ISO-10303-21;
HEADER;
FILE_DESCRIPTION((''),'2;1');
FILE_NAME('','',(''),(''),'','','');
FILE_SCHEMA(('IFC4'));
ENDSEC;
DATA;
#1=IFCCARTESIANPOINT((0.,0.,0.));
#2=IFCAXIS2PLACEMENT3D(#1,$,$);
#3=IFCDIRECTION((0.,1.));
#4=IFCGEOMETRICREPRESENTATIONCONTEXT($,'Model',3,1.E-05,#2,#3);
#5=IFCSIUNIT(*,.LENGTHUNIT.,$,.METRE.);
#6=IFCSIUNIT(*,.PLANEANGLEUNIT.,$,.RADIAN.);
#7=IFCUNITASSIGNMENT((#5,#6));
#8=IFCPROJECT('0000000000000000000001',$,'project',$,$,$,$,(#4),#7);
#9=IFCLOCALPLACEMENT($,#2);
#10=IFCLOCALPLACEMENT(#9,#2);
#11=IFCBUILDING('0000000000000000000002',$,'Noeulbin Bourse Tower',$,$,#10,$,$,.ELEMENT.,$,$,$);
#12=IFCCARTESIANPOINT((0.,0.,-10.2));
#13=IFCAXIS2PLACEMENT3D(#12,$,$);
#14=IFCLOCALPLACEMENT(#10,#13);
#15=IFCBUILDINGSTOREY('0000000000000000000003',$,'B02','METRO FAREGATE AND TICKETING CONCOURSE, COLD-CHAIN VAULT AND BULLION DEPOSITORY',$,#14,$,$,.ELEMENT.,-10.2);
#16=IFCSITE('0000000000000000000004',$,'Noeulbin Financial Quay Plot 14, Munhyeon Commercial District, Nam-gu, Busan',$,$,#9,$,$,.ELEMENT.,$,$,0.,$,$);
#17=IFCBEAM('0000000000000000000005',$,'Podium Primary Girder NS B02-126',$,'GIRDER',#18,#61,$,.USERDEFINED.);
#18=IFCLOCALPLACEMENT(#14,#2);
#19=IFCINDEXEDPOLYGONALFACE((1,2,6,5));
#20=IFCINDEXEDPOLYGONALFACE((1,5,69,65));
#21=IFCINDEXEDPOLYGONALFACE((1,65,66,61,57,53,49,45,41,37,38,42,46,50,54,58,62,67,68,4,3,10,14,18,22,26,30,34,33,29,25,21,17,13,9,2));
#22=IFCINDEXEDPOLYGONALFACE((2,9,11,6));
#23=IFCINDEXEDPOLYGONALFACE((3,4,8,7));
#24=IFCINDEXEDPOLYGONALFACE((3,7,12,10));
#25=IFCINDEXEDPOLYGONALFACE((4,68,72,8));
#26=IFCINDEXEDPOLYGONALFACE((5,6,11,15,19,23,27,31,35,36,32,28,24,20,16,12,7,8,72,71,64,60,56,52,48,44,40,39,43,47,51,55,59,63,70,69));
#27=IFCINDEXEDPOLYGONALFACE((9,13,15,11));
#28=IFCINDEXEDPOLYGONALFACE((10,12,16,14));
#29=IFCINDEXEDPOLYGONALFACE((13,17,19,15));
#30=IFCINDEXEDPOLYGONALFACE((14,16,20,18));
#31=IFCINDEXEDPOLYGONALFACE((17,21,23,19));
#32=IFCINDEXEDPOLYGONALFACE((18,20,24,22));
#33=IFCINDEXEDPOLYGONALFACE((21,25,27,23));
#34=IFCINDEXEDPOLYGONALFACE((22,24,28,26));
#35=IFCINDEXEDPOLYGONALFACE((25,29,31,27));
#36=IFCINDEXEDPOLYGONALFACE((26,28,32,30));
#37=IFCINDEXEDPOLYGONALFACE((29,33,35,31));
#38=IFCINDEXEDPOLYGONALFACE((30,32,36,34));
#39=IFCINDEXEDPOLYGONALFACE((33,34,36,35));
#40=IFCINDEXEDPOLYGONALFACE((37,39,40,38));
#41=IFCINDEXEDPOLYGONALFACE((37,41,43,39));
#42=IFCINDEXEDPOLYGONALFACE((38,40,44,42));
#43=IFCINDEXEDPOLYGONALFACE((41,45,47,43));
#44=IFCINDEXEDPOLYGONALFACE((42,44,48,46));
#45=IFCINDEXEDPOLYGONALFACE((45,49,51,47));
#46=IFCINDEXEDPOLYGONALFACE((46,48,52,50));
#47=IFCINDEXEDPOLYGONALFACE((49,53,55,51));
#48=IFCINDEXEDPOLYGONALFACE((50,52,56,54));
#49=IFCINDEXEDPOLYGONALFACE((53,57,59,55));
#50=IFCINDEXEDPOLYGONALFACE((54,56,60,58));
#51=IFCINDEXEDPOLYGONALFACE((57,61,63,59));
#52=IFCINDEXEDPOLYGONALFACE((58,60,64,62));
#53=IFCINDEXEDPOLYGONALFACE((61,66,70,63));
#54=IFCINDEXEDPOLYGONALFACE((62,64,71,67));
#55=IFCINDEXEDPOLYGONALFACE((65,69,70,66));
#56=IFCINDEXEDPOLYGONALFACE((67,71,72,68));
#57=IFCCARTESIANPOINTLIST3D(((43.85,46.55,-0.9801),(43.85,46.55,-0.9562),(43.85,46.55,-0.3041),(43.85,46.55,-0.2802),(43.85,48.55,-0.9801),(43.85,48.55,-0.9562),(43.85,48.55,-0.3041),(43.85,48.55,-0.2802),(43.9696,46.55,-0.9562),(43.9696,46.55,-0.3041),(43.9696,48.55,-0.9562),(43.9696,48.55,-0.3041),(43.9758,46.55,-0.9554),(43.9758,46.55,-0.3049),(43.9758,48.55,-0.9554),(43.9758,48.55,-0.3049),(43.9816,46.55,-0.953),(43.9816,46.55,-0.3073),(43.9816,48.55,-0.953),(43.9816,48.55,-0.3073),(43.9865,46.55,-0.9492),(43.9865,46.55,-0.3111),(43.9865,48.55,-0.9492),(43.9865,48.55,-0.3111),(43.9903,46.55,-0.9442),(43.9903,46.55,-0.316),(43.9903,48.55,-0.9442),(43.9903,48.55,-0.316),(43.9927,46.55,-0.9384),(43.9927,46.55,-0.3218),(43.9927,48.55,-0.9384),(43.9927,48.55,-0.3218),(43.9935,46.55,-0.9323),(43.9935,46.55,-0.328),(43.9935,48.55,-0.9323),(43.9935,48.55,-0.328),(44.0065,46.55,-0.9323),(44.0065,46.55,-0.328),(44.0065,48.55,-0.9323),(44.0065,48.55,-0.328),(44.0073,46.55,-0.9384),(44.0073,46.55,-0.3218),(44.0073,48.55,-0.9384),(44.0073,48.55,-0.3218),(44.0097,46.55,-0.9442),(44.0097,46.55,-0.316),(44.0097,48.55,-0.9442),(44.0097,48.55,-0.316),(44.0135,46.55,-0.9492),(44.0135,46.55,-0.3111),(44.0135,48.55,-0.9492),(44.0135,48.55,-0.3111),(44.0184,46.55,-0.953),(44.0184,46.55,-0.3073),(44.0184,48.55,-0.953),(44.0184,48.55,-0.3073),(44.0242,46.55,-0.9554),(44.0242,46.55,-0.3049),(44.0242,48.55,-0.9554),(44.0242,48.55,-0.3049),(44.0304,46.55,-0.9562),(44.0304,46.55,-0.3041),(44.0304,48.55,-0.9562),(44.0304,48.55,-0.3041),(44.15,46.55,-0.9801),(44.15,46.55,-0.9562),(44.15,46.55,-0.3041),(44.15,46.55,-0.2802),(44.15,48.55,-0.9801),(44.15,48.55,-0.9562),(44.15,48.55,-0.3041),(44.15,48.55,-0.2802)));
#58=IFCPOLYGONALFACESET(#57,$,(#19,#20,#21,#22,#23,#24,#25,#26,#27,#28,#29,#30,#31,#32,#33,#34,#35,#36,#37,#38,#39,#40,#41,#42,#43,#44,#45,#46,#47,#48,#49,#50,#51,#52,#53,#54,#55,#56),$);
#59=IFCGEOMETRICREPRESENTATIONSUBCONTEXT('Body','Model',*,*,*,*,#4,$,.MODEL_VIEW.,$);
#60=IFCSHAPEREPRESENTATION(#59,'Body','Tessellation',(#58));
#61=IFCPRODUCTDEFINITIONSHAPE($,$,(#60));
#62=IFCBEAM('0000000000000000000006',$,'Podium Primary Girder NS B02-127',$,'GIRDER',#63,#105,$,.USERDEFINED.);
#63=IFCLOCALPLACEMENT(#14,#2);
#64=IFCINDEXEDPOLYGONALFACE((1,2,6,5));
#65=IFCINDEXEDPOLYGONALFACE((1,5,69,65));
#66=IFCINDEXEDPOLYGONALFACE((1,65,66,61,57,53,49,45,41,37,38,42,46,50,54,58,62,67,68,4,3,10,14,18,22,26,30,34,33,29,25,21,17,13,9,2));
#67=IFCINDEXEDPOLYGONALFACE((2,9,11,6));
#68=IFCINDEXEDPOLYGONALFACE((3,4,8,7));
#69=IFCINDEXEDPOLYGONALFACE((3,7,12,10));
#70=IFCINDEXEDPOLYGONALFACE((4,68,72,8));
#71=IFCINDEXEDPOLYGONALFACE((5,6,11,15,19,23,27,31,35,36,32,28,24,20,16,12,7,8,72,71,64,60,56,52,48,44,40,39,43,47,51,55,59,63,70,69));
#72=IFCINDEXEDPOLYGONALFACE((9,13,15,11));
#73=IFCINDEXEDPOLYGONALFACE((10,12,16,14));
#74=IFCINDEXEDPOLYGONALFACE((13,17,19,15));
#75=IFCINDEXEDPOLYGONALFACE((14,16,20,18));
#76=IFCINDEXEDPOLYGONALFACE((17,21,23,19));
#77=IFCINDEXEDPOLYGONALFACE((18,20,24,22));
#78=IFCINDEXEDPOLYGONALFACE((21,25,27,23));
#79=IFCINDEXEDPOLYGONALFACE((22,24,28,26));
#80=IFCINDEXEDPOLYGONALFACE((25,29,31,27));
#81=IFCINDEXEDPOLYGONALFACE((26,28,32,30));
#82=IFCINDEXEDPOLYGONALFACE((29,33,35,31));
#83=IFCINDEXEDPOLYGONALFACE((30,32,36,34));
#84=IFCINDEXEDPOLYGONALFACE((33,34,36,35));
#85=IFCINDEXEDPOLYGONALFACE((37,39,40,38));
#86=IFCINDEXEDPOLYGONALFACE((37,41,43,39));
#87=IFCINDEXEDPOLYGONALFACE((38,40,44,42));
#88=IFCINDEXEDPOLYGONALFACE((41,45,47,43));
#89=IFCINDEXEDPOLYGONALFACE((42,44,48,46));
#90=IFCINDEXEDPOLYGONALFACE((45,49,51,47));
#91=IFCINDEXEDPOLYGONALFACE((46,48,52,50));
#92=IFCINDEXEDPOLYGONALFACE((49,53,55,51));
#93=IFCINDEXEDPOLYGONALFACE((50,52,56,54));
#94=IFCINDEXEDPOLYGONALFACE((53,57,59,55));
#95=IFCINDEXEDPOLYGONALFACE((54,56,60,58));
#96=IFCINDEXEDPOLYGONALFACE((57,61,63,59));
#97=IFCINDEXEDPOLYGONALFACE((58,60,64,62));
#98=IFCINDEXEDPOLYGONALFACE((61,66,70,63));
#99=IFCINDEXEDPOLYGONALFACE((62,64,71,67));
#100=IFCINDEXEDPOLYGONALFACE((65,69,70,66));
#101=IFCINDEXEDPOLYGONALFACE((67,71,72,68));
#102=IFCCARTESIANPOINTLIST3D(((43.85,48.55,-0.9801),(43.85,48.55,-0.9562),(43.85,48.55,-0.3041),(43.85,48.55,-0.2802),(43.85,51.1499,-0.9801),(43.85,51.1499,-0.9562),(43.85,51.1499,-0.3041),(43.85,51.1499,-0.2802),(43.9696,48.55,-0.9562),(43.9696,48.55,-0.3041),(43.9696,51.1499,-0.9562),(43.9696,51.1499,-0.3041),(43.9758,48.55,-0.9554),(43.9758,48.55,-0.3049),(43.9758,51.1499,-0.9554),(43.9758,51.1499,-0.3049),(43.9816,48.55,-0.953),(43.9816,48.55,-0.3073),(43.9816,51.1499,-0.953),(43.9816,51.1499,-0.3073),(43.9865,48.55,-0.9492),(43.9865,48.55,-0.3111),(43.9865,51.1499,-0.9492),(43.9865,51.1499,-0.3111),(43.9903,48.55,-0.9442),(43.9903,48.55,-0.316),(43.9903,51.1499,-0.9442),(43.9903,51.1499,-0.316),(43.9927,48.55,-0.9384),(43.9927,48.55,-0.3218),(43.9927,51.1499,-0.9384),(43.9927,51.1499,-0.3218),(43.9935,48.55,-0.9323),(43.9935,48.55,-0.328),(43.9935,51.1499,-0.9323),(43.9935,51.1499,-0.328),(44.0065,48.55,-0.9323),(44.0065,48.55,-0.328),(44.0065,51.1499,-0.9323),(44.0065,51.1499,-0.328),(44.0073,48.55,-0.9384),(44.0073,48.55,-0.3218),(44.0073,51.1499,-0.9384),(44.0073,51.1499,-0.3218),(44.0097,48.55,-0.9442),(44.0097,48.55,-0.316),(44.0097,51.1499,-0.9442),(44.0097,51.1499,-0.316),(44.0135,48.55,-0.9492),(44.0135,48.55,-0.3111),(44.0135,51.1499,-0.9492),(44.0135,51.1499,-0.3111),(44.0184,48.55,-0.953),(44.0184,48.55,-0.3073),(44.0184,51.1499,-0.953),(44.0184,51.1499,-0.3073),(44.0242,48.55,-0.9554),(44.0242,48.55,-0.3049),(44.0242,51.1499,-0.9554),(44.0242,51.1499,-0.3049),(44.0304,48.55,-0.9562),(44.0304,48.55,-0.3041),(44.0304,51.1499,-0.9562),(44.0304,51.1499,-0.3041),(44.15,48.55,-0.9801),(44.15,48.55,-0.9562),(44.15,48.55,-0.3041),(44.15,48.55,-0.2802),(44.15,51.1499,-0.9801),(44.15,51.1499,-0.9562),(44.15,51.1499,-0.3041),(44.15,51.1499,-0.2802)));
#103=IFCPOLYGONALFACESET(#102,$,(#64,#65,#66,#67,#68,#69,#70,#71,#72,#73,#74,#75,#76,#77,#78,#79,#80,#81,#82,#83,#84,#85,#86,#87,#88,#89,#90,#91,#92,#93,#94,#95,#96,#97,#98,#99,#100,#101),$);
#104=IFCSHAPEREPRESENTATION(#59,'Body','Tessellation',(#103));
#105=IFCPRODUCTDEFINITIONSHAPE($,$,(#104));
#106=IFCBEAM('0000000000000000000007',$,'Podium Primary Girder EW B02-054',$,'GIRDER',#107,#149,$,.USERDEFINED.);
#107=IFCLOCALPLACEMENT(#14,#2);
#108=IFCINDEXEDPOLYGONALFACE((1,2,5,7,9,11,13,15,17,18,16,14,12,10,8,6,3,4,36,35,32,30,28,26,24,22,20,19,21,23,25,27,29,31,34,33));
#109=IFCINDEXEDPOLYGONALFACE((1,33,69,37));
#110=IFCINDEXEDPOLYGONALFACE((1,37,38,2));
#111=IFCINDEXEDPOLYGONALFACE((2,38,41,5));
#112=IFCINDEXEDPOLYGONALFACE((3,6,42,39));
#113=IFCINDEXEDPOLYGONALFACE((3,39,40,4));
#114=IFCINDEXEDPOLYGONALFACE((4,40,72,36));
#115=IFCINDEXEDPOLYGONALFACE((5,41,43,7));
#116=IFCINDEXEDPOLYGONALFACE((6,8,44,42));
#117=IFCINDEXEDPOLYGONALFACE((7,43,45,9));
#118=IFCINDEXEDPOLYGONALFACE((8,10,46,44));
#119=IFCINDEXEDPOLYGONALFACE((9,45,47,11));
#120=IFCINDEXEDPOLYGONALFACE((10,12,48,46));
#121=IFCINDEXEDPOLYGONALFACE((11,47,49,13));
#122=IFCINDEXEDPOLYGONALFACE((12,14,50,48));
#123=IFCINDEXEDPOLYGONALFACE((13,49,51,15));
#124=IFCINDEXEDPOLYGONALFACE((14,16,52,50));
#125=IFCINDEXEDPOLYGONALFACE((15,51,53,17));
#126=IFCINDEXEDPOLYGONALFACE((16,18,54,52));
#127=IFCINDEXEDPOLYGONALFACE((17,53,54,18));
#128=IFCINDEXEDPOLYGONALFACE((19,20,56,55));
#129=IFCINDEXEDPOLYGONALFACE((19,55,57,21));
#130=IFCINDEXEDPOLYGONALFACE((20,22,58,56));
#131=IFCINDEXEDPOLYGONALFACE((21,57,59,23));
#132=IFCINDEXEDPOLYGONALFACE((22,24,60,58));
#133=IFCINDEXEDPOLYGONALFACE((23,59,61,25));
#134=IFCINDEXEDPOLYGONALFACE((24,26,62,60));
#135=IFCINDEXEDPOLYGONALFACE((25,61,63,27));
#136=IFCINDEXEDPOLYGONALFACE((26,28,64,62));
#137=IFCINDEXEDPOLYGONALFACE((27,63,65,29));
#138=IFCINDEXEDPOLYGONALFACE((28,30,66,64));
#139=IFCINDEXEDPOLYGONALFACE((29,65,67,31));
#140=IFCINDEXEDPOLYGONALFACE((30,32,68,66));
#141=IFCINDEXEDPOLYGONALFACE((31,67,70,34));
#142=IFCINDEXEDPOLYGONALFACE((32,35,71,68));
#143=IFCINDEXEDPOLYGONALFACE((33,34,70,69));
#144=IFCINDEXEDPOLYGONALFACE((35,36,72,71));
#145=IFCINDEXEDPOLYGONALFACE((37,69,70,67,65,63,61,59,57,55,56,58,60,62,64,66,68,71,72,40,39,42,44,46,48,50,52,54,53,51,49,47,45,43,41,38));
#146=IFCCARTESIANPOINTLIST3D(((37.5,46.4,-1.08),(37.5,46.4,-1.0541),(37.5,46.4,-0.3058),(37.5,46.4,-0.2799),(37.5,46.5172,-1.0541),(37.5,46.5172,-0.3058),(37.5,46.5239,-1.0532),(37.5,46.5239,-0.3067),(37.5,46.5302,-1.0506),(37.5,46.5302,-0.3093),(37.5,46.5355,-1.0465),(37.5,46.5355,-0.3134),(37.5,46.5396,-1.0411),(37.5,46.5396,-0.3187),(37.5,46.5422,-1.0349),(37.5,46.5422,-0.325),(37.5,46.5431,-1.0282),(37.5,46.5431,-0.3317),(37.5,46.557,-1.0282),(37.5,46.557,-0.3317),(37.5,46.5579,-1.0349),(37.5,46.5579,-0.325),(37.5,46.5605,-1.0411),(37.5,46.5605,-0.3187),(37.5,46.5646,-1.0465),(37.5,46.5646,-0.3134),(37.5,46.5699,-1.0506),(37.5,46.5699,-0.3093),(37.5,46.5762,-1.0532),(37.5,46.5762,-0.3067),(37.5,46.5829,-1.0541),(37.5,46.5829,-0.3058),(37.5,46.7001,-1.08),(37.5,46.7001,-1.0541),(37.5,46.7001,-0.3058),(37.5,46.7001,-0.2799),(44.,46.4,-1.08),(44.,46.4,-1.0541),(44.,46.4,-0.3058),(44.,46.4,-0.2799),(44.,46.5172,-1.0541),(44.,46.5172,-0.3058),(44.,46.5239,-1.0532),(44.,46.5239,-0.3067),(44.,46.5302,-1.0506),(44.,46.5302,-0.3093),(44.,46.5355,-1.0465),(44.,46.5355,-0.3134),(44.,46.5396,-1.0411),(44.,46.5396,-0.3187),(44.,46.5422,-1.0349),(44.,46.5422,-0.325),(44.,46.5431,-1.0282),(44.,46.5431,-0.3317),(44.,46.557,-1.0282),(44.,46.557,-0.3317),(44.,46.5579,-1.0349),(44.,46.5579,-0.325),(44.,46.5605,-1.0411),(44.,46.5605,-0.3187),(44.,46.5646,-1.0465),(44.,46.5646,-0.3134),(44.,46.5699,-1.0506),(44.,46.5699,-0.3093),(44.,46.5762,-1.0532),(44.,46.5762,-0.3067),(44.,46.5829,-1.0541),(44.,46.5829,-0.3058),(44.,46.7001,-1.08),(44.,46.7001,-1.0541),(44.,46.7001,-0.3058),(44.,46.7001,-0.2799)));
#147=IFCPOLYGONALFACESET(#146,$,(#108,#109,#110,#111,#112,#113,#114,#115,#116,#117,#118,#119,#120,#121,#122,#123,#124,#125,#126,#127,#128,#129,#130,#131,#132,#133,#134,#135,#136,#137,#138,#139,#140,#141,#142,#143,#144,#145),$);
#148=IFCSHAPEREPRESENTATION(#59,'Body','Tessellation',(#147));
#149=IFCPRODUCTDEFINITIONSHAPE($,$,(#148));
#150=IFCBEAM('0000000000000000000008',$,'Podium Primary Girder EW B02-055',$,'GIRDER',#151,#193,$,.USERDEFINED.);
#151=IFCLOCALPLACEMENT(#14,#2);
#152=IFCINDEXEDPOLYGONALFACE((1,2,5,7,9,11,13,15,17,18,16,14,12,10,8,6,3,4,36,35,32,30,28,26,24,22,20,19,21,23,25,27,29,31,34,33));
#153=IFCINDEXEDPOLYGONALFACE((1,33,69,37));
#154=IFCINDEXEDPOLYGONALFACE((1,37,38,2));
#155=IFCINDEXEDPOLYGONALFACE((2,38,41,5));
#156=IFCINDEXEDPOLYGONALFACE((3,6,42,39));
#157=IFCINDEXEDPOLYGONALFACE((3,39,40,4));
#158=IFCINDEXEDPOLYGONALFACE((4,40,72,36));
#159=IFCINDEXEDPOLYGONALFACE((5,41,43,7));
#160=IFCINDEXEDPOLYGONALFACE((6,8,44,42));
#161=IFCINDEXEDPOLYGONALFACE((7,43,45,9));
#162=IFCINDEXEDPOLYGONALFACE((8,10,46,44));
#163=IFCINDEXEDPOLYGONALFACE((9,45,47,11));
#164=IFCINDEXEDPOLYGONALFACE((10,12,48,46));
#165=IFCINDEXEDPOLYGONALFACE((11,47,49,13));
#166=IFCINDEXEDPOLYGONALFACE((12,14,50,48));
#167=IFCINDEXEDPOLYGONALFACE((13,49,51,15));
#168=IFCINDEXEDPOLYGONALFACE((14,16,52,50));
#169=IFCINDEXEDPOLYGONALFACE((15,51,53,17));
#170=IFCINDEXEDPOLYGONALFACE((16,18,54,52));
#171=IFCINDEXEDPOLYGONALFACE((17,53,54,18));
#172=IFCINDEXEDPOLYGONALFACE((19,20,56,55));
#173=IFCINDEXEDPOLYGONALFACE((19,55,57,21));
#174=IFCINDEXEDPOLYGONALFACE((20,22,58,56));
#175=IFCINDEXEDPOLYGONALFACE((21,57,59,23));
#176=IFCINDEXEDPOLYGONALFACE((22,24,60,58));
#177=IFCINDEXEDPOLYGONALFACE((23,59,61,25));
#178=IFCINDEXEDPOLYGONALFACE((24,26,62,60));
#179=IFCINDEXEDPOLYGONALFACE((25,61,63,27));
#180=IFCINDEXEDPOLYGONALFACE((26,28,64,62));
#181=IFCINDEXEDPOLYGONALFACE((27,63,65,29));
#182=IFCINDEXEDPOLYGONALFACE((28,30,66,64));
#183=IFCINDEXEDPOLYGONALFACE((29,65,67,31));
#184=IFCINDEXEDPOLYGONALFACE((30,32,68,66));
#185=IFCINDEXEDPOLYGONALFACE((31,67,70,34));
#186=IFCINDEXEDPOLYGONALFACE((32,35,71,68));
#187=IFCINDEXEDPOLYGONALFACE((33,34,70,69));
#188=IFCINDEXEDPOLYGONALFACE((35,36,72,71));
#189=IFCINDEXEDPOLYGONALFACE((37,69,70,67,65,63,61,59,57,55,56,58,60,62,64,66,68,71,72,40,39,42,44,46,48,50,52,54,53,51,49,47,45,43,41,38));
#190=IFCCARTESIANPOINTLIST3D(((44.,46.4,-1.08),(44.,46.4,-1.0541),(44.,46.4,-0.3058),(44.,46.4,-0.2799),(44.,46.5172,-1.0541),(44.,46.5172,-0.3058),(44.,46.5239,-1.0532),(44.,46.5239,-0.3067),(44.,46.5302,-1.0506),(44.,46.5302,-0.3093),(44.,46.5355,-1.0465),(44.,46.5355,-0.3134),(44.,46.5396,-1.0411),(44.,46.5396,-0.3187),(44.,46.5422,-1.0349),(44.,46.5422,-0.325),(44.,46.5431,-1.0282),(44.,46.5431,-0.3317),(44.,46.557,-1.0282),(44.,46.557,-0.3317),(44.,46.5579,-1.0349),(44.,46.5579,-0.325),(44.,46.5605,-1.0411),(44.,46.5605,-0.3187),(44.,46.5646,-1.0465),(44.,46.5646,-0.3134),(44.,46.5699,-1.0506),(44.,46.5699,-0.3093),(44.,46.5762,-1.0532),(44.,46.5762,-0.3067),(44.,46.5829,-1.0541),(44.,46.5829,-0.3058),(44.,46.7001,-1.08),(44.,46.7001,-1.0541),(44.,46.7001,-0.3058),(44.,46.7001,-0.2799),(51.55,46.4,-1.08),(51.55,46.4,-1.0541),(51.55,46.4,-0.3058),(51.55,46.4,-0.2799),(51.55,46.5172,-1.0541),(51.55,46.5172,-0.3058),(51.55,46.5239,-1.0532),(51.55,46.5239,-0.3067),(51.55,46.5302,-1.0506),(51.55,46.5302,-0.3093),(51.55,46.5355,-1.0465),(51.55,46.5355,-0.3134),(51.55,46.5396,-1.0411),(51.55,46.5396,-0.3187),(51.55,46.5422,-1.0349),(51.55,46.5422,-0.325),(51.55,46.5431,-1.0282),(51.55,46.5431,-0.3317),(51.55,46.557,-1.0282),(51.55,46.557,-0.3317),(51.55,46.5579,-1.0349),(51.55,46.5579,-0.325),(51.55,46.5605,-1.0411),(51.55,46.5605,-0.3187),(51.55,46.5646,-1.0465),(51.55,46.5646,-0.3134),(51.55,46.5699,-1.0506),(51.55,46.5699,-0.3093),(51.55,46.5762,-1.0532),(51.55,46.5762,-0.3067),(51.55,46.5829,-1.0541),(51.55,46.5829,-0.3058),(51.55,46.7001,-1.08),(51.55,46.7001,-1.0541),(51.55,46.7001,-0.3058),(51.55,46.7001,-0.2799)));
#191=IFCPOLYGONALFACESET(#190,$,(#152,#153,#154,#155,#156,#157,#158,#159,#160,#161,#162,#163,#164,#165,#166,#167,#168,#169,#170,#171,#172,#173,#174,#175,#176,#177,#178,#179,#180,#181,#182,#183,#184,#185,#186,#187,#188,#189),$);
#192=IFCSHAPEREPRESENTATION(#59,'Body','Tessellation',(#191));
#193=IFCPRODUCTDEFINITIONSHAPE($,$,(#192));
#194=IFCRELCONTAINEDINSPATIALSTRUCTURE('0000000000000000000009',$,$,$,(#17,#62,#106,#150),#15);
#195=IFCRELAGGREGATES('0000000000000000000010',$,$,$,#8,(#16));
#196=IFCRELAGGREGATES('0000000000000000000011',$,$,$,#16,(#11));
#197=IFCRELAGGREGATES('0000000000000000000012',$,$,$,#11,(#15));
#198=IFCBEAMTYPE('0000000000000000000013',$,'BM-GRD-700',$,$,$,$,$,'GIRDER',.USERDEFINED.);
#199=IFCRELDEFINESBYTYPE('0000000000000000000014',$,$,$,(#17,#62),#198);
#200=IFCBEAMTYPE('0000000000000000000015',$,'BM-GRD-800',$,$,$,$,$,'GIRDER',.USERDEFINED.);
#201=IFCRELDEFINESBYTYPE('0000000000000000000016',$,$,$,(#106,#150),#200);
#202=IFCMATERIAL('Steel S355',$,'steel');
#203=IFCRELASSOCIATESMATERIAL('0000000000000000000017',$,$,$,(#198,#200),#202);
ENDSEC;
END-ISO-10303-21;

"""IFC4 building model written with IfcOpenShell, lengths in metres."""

from ifc_helpers import new_model, si_unit, direction, frame, origin, origin_2d, place, context, subcontext, project, spatial, i_section, extrude, material, material_profile, profile_set, type_object, element, save


model = new_model("IFC4")

# Units and contexts
model_context = context("Model", 3, precision=1e-05, world=origin(), true_north=direction((0.0, 1.0)))
body_context = subcontext(model_context, "Body", "Model", "MODEL_VIEW")
ifc_project = project(units=[si_unit("LENGTHUNIT", "METRE"), si_unit("PLANEANGLEUNIT", "RADIAN")], contexts=[model_context])

# Site, building, storey
site_placement = place(None, origin())
site = spatial("IfcSite", under=ifc_project, at=site_placement, Name="Noeulbin Financial Quay Plot 14, Munhyeon Commercial District, Nam-gu, Busan", CompositionType="ELEMENT", RefElevation=0.0)
building_placement = place(site_placement, origin())
building = spatial("IfcBuilding", under=site, at=building_placement, Name="Noeulbin Bourse Tower", CompositionType="ELEMENT")
storey_placement = place(building_placement, frame((0.0, 0.0, -10.2)))
storey = spatial("IfcBuildingStorey", under=building, at=storey_placement, Name="B02", Description="METRO FAREGATE AND TICKETING CONCOURSE, COLD-CHAIN VAULT AND BULLION DEPOSITORY", CompositionType="ELEMENT", Elevation=-10.2)

# Beams
ifc_material_1 = material(Name="Steel S355", Category="steel")
ifc_material_profile_1 = material_profile(ifc_material_1, i_section(OverallWidth=0.3, OverallDepth=0.7, WebThickness=0.0129, FlangeThickness=0.0239, FilletRadius=0.0239, at=origin_2d()), Name="H-700x300x13x24", Category="LoadBearing")
ifc_profile_set_1 = profile_set([ifc_material_profile_1], Name="Steel S355")
beam_type_1 = type_object("IfcBeamType", Name="BM-GRD-700", ElementType="GIRDER", PredefinedType="USERDEFINED", material=ifc_profile_set_1)
beam_1_placement = place(storey_placement, frame((44.0, 46.55, -0.6301), z_axis=(0.0, 1.0, 0.0), x_axis=(-1.0, 0.0, 0.0)))
element("IfcBeam", 1, at=beam_1_placement, inside=storey, type_object=beam_type_1, Name="Podium Primary Girder NS B02-126", ObjectType="GIRDER", PredefinedType="USERDEFINED", context=body_context, shape_type="SweptSolid", body=[
    extrude(i_section(OverallWidth=0.3, OverallDepth=0.7, WebThickness=0.0129, FlangeThickness=0.0239, FilletRadius=0.0239, at=origin_2d()), origin(), (0.0, 0.0, 1.0), 2.0),
])
beam_2_placement = place(storey_placement, frame((44.0, 48.55, -0.6301), z_axis=(0.0, 1.0, 0.0), x_axis=(-1.0, 0.0, 0.0)))
element("IfcBeam", 2, at=beam_2_placement, inside=storey, type_object=beam_type_1, Name="Podium Primary Girder NS B02-127", ObjectType="GIRDER", PredefinedType="USERDEFINED", context=body_context, shape_type="SweptSolid", body=[
    extrude(i_section(OverallWidth=0.3, OverallDepth=0.7, WebThickness=0.0129, FlangeThickness=0.0239, FilletRadius=0.0239, at=origin_2d()), origin(), (0.0, 0.0, 1.0), 2.5999),
])
ifc_material_profile_2 = material_profile(ifc_material_1, i_section(OverallWidth=0.3, OverallDepth=0.8, WebThickness=0.0139, FlangeThickness=0.0259, FilletRadius=0.0259, at=origin_2d()), Name="H-800x300x14x26", Category="LoadBearing")
ifc_profile_set_2 = profile_set([ifc_material_profile_2], Name="Steel S355")
beam_type_2 = type_object("IfcBeamType", Name="BM-GRD-800", ElementType="GIRDER", PredefinedType="USERDEFINED", material=ifc_profile_set_2)
beam_3_placement = place(storey_placement, frame((37.5, 46.55, -0.6799), z_axis=(1.0, 0.0, 0.0), x_axis=(0.0, 1.0, 0.0)))
element("IfcBeam", 3, at=beam_3_placement, inside=storey, type_object=beam_type_2, Name="Podium Primary Girder EW B02-054", ObjectType="GIRDER", PredefinedType="USERDEFINED", context=body_context, shape_type="SweptSolid", body=[
    extrude(i_section(OverallWidth=0.3, OverallDepth=0.8, WebThickness=0.0139, FlangeThickness=0.0259, FilletRadius=0.0259, at=origin_2d()), origin(), (0.0, 0.0, 1.0), 6.5),
])
beam_4_placement = place(storey_placement, frame((44.0, 46.55, -0.6799), z_axis=(1.0, 0.0, 0.0), x_axis=(0.0, 1.0, 0.0)))
element("IfcBeam", 4, at=beam_4_placement, inside=storey, type_object=beam_type_2, Name="Podium Primary Girder EW B02-055", ObjectType="GIRDER", PredefinedType="USERDEFINED", context=body_context, shape_type="SweptSolid", body=[
    extrude(i_section(OverallWidth=0.3, OverallDepth=0.8, WebThickness=0.0139, FlangeThickness=0.0259, FilletRadius=0.0259, at=origin_2d()), origin(), (0.0, 0.0, 1.0), 7.55),
])

save(model, "model.ifc")
